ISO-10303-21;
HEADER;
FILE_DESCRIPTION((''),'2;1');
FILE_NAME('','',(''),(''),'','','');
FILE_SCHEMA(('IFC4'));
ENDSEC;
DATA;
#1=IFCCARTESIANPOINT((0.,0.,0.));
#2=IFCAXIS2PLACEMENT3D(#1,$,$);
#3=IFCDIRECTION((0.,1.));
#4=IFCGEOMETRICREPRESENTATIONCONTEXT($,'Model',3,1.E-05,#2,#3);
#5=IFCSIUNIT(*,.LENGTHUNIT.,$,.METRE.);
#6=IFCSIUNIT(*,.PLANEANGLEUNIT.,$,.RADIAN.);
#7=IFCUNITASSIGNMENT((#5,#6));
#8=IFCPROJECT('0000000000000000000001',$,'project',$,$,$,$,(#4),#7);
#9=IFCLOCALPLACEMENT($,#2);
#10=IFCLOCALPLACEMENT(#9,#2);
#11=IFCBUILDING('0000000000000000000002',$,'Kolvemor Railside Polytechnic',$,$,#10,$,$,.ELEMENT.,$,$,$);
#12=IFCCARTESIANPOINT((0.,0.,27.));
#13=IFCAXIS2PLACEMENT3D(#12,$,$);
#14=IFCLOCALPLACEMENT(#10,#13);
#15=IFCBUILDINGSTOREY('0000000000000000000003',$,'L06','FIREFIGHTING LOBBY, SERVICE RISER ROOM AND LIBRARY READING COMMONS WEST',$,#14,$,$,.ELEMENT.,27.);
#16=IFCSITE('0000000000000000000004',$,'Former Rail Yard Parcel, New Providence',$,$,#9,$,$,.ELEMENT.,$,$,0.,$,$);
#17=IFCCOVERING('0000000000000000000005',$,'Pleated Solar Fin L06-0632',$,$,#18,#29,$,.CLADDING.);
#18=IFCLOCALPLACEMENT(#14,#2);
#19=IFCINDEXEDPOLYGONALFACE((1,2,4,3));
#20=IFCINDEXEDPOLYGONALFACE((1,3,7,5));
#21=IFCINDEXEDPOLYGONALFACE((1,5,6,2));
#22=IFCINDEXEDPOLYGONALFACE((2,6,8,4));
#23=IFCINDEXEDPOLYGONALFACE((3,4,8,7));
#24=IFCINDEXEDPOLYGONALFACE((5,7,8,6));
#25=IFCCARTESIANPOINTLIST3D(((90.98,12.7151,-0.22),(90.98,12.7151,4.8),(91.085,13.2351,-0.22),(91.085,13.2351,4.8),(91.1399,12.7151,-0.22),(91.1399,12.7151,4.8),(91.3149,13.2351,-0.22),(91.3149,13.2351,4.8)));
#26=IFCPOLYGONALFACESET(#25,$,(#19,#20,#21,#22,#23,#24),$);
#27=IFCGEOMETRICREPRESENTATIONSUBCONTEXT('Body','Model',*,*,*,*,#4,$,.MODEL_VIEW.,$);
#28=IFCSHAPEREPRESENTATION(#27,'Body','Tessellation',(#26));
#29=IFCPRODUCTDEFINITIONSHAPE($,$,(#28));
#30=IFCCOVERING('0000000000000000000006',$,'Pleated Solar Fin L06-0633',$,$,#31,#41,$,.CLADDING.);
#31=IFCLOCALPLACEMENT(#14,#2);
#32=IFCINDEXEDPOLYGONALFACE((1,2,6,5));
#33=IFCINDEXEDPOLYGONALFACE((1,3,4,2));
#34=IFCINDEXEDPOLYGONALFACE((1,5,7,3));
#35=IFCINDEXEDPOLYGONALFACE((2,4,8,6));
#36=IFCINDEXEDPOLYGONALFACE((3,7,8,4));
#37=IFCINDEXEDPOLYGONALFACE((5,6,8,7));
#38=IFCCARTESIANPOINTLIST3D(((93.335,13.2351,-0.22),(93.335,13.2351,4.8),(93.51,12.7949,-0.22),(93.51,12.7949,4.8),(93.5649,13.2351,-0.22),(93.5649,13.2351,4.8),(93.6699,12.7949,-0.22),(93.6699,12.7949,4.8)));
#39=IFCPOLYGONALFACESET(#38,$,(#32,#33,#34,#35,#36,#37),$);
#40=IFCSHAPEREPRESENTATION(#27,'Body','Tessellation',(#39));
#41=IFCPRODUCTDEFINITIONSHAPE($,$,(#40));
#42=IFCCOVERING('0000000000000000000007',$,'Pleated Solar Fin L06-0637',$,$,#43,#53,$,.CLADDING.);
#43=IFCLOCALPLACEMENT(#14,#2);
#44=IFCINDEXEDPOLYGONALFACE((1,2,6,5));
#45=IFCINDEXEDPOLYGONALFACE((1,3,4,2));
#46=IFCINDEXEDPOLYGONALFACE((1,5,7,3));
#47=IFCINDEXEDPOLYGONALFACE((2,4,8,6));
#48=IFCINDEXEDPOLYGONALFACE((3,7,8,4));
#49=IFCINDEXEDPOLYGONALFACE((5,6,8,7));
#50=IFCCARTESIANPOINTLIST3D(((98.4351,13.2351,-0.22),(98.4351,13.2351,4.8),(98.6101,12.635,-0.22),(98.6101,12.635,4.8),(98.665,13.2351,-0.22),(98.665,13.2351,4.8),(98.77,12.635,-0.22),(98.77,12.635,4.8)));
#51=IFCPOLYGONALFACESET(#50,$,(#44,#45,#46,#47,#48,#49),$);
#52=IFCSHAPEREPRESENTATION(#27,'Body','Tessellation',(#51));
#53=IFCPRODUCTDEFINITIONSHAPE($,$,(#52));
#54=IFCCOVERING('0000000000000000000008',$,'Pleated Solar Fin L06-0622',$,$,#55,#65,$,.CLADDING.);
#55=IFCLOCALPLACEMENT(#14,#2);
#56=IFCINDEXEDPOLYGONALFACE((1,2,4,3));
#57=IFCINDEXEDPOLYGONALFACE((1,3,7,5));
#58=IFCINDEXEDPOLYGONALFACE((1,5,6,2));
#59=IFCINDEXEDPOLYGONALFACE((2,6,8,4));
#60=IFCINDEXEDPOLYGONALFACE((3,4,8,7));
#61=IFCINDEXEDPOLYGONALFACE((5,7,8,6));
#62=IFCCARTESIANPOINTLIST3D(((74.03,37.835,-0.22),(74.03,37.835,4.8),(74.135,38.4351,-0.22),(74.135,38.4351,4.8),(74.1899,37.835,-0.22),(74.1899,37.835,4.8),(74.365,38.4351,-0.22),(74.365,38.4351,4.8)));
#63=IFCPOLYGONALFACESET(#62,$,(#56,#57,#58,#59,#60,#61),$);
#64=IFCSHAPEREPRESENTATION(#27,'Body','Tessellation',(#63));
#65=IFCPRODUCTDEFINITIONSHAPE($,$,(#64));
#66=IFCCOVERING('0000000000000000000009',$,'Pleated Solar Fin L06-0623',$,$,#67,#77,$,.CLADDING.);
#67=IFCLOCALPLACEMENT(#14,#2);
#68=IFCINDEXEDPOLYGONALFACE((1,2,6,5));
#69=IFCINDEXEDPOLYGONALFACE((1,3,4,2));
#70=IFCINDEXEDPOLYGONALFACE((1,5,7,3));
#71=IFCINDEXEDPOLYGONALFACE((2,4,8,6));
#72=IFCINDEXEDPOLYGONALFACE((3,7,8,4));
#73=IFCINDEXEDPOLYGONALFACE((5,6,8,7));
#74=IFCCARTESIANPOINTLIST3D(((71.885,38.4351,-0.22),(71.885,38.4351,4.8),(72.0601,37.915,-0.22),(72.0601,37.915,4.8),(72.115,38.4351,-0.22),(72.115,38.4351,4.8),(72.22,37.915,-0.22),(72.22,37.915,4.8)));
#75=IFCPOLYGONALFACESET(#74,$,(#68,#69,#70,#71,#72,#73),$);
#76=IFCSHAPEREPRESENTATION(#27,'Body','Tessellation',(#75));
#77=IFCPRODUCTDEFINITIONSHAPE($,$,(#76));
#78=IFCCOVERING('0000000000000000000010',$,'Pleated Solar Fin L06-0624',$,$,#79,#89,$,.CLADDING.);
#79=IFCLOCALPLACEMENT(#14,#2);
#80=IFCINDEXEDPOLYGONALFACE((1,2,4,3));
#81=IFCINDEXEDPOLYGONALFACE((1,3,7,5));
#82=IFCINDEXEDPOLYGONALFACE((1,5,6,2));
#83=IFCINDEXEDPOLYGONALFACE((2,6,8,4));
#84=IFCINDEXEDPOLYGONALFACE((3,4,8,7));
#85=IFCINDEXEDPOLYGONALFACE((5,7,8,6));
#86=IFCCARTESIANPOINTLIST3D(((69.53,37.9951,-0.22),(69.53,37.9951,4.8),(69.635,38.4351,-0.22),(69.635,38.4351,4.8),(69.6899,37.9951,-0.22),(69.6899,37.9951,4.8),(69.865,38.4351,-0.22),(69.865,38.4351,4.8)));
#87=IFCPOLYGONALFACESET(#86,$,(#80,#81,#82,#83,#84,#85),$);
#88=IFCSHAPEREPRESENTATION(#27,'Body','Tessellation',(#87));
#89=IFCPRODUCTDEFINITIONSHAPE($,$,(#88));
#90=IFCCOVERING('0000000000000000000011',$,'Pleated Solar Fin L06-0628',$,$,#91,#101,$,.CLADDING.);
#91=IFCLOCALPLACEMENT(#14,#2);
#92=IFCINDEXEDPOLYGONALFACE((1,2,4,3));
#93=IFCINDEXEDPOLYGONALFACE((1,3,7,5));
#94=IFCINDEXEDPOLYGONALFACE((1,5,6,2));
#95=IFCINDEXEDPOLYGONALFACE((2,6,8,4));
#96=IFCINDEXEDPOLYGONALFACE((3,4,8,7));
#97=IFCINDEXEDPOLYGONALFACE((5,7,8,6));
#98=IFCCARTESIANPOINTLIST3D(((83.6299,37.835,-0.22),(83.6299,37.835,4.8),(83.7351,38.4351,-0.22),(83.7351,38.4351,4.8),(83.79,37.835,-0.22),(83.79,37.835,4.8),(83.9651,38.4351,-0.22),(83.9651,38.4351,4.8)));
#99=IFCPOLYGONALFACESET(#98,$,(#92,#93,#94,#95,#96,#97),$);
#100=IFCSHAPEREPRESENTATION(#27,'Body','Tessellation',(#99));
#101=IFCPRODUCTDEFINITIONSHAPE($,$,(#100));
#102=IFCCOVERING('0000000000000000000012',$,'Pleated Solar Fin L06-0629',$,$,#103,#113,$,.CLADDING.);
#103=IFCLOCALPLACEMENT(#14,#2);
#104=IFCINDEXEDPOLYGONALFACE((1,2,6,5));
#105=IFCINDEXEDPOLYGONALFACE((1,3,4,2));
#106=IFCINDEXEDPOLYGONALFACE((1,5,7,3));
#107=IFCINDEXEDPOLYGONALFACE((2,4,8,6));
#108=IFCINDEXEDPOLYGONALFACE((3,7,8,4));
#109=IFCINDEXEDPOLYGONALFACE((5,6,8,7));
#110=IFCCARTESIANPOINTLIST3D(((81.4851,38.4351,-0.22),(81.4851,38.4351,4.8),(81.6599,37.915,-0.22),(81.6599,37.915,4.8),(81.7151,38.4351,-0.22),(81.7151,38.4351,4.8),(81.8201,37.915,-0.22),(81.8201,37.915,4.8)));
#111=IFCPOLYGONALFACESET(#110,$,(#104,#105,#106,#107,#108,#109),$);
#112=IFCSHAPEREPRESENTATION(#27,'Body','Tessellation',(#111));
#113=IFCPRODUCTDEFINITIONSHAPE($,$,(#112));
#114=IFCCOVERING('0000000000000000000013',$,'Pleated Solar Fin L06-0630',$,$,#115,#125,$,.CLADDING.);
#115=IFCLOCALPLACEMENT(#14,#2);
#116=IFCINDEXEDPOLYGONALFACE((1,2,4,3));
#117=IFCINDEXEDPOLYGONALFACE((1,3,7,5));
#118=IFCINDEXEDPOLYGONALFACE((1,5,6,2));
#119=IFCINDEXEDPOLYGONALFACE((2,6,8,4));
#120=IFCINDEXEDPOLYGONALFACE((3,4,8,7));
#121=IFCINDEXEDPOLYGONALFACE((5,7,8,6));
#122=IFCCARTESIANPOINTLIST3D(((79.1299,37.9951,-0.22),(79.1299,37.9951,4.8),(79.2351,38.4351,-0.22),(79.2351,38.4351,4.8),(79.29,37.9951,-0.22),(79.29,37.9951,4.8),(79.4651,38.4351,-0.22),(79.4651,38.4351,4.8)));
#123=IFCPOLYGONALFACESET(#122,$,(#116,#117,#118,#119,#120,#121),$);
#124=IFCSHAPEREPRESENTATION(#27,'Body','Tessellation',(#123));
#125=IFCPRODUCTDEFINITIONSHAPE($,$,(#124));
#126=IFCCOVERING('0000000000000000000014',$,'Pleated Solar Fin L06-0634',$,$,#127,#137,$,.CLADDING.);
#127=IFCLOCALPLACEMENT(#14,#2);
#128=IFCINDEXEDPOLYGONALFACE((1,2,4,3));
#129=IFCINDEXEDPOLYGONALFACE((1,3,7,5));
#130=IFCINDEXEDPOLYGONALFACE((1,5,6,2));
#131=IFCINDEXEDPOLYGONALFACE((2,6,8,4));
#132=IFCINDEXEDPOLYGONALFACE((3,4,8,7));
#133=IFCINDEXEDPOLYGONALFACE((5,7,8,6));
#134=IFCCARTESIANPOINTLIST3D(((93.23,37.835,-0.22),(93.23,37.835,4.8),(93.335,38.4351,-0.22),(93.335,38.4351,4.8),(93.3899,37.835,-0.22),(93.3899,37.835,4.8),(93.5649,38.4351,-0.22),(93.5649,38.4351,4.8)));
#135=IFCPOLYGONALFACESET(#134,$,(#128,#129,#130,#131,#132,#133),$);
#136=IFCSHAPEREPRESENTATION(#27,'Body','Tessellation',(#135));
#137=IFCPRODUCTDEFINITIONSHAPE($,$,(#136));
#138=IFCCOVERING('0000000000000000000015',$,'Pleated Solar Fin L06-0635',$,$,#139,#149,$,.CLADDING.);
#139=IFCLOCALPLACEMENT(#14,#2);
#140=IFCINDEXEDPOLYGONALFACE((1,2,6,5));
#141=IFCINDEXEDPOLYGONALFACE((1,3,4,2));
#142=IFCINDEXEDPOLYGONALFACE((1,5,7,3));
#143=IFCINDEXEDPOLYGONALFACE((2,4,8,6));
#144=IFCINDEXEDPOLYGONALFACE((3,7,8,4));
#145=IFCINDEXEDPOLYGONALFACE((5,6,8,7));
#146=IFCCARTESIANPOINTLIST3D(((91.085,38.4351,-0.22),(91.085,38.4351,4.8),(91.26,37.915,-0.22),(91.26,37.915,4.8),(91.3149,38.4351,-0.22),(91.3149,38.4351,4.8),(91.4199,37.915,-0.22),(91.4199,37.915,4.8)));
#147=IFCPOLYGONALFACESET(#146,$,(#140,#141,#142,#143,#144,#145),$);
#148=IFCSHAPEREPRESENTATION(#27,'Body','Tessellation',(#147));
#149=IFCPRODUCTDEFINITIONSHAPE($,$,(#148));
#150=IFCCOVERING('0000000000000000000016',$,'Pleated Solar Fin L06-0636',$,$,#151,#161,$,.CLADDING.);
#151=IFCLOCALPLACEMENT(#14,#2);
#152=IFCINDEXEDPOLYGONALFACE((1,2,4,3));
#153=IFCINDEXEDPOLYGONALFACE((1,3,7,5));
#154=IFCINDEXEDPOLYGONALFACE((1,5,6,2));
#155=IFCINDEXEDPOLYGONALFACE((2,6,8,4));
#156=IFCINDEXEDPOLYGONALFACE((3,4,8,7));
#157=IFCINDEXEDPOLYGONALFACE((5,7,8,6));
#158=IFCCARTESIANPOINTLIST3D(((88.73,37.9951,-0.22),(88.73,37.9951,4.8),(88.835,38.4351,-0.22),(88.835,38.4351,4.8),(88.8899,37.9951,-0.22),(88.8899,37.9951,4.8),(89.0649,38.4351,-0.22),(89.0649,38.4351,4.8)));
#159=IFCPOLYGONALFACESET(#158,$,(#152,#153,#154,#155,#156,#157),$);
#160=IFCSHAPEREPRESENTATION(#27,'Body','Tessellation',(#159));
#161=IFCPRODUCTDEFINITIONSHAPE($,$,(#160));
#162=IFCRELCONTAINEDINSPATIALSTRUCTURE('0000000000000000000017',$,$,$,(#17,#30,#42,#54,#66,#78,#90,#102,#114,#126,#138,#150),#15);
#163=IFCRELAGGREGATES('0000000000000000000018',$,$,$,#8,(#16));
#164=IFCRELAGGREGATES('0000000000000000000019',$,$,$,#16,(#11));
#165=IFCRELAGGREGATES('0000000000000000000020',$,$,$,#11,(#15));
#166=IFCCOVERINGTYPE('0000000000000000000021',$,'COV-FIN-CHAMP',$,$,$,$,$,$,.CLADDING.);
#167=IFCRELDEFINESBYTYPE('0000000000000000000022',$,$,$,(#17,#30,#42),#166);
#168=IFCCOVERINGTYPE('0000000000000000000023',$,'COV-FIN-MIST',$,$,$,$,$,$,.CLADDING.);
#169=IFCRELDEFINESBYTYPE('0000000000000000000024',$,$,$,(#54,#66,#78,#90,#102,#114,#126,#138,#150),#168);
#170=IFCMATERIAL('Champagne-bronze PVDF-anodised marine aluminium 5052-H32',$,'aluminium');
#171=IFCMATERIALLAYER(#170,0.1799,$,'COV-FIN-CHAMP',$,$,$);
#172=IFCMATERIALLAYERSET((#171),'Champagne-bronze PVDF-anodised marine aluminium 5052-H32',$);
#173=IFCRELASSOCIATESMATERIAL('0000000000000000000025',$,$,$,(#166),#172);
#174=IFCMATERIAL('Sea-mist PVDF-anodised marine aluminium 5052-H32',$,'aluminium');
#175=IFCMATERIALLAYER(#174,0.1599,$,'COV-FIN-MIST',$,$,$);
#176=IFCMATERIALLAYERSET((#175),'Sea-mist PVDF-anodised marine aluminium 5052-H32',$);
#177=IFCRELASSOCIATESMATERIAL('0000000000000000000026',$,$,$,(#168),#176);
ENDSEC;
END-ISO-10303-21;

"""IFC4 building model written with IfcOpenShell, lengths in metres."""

from ifc_helpers import new_model, si_unit, direction, frame, origin, place, context, subcontext, project, spatial, polyline, outline, extrude, material, layer, layer_set, type_object, element, save


model = new_model("IFC4")

# Units and contexts
model_context = context("Model", 3, precision=1e-05, world=origin(), true_north=direction((0.0, 1.0)))
body_context = subcontext(model_context, "Body", "Model", "MODEL_VIEW")
ifc_project = project(units=[si_unit("LENGTHUNIT", "METRE"), si_unit("PLANEANGLEUNIT", "RADIAN")], contexts=[model_context])

# Site, building, storey
site_placement = place(None, origin())
site = spatial("IfcSite", under=ifc_project, at=site_placement, Name="Former Rail Yard Parcel, New Providence", CompositionType="ELEMENT", RefElevation=0.0)
building_placement = place(site_placement, origin())
building = spatial("IfcBuilding", under=site, at=building_placement, Name="Kolvemor Railside Polytechnic", CompositionType="ELEMENT")
storey_placement = place(building_placement, frame((0.0, 0.0, 27.0)))
storey = spatial("IfcBuildingStorey", under=building, at=storey_placement, Name="L06", Description="FIREFIGHTING LOBBY, SERVICE RISER ROOM AND LIBRARY READING COMMONS WEST", CompositionType="ELEMENT", Elevation=27.0)

# Coverings
ifc_material_1 = material(Name="Champagne-bronze PVDF-anodised marine aluminium 5052-H32", Category="aluminium")
ifc_layer_1 = layer(ifc_material_1, 0.1799, Name="COV-FIN-CHAMP")
ifc_layer_set_1 = layer_set([ifc_layer_1], Name="Champagne-bronze PVDF-anodised marine aluminium 5052-H32")
covering_type_1 = type_object("IfcCoveringType", Name="COV-FIN-CHAMP", PredefinedType="CLADDING", material=ifc_layer_set_1)
covering_1_placement = place(storey_placement, frame((0.0, 0.0, -0.22)))
element("IfcCovering", 1, at=covering_1_placement, inside=storey, type_object=covering_type_1, Name="Pleated Solar Fin L06-0632", PredefinedType="CLADDING", context=body_context, shape_type="SweptSolid", body=[
    extrude(outline(polyline([(91.085, 13.2351), (91.3149, 13.2351), (91.1399, 12.7151), (90.98, 12.7151), (91.085, 13.2351)])), origin(), (0.0, 0.0, 1.0), 5.02),
])
covering_2_placement = place(storey_placement, frame((0.0, 0.0, -0.22)))
element("IfcCovering", 2, at=covering_2_placement, inside=storey, type_object=covering_type_1, Name="Pleated Solar Fin L06-0633", PredefinedType="CLADDING", context=body_context, shape_type="SweptSolid", body=[
    extrude(outline(polyline([(93.335, 13.2351), (93.5649, 13.2351), (93.6699, 12.7949), (93.51, 12.7949), (93.335, 13.2351)])), origin(), (0.0, 0.0, 1.0), 5.02),
])
covering_3_placement = place(storey_placement, frame((0.0, 0.0, -0.22)))
element("IfcCovering", 3, at=covering_3_placement, inside=storey, type_object=covering_type_1, Name="Pleated Solar Fin L06-0637", PredefinedType="CLADDING", context=body_context, shape_type="SweptSolid", body=[
    extrude(outline(polyline([(98.4351, 13.2351), (98.665, 13.2351), (98.77, 12.635), (98.6101, 12.635), (98.4351, 13.2351)])), origin(), (0.0, 0.0, 1.0), 5.02),
])
ifc_material_2 = material(Name="Sea-mist PVDF-anodised marine aluminium 5052-H32", Category="aluminium")
ifc_layer_2 = layer(ifc_material_2, 0.1599, Name="COV-FIN-MIST")
ifc_layer_set_2 = layer_set([ifc_layer_2], Name="Sea-mist PVDF-anodised marine aluminium 5052-H32")
covering_type_2 = type_object("IfcCoveringType", Name="COV-FIN-MIST", PredefinedType="CLADDING", material=ifc_layer_set_2)
covering_4_placement = place(storey_placement, frame((0.0, 0.0, -0.22)))
element("IfcCovering", 4, at=covering_4_placement, inside=storey, type_object=covering_type_2, Name="Pleated Solar Fin L06-0622", PredefinedType="CLADDING", context=body_context, shape_type="SweptSolid", body=[
    extrude(outline(polyline([(74.365, 38.4351), (74.135, 38.4351), (74.03, 37.835), (74.1899, 37.835), (74.365, 38.4351)])), origin(), (0.0, 0.0, 1.0), 5.02),
])
covering_5_placement = place(storey_placement, frame((0.0, 0.0, -0.22)))
element("IfcCovering", 5, at=covering_5_placement, inside=storey, type_object=covering_type_2, Name="Pleated Solar Fin L06-0623", PredefinedType="CLADDING", context=body_context, shape_type="SweptSolid", body=[
    extrude(outline(polyline([(72.115, 38.4351), (71.885, 38.4351), (72.0601, 37.915), (72.22, 37.915), (72.115, 38.4351)])), origin(), (0.0, 0.0, 1.0), 5.02),
])
covering_6_placement = place(storey_placement, frame((0.0, 0.0, -0.22)))
element("IfcCovering", 6, at=covering_6_placement, inside=storey, type_object=covering_type_2, Name="Pleated Solar Fin L06-0624", PredefinedType="CLADDING", context=body_context, shape_type="SweptSolid", body=[
    extrude(outline(polyline([(69.865, 38.4351), (69.635, 38.4351), (69.53, 37.9951), (69.6899, 37.9951), (69.865, 38.4351)])), origin(), (0.0, 0.0, 1.0), 5.02),
])
covering_7_placement = place(storey_placement, frame((0.0, 0.0, -0.22)))
element("IfcCovering", 7, at=covering_7_placement, inside=storey, type_object=covering_type_2, Name="Pleated Solar Fin L06-0628", PredefinedType="CLADDING", context=body_context, shape_type="SweptSolid", body=[
    extrude(outline(polyline([(83.9651, 38.4351), (83.7351, 38.4351), (83.6299, 37.835), (83.79, 37.835), (83.9651, 38.4351)])), origin(), (0.0, 0.0, 1.0), 5.02),
])
covering_8_placement = place(storey_placement, frame((0.0, 0.0, -0.22)))
element("IfcCovering", 8, at=covering_8_placement, inside=storey, type_object=covering_type_2, Name="Pleated Solar Fin L06-0629", PredefinedType="CLADDING", context=body_context, shape_type="SweptSolid", body=[
    extrude(outline(polyline([(81.7151, 38.4351), (81.4851, 38.4351), (81.6599, 37.915), (81.8201, 37.915), (81.7151, 38.4351)])), origin(), (0.0, 0.0, 1.0), 5.02),
])
covering_9_placement = place(storey_placement, frame((0.0, 0.0, -0.22)))
element("IfcCovering", 9, at=covering_9_placement, inside=storey, type_object=covering_type_2, Name="Pleated Solar Fin L06-0630", PredefinedType="CLADDING", context=body_context, shape_type="SweptSolid", body=[
    extrude(outline(polyline([(79.4651, 38.4351), (79.2351, 38.4351), (79.1299, 37.9951), (79.29, 37.9951), (79.4651, 38.4351)])), origin(), (0.0, 0.0, 1.0), 5.02),
])
covering_10_placement = place(storey_placement, frame((0.0, 0.0, -0.22)))
element("IfcCovering", 10, at=covering_10_placement, inside=storey, type_object=covering_type_2, Name="Pleated Solar Fin L06-0634", PredefinedType="CLADDING", context=body_context, shape_type="SweptSolid", body=[
    extrude(outline(polyline([(93.5649, 38.4351), (93.335, 38.4351), (93.23, 37.835), (93.3899, 37.835), (93.5649, 38.4351)])), origin(), (0.0, 0.0, 1.0), 5.02),
])
covering_11_placement = place(storey_placement, frame((0.0, 0.0, -0.22)))
element("IfcCovering", 11, at=covering_11_placement, inside=storey, type_object=covering_type_2, Name="Pleated Solar Fin L06-0635", PredefinedType="CLADDING", context=body_context, shape_type="SweptSolid", body=[
    extrude(outline(polyline([(91.3149, 38.4351), (91.085, 38.4351), (91.26, 37.915), (91.4199, 37.915), (91.3149, 38.4351)])), origin(), (0.0, 0.0, 1.0), 5.02),
])
covering_12_placement = place(storey_placement, frame((0.0, 0.0, -0.22)))
element("IfcCovering", 12, at=covering_12_placement, inside=storey, type_object=covering_type_2, Name="Pleated Solar Fin L06-0636", PredefinedType="CLADDING", context=body_context, shape_type="SweptSolid", body=[
    extrude(outline(polyline([(89.0649, 38.4351), (88.835, 38.4351), (88.73, 37.9951), (88.8899, 37.9951), (89.0649, 38.4351)])), origin(), (0.0, 0.0, 1.0), 5.02),
])

save(model, "model.ifc")
